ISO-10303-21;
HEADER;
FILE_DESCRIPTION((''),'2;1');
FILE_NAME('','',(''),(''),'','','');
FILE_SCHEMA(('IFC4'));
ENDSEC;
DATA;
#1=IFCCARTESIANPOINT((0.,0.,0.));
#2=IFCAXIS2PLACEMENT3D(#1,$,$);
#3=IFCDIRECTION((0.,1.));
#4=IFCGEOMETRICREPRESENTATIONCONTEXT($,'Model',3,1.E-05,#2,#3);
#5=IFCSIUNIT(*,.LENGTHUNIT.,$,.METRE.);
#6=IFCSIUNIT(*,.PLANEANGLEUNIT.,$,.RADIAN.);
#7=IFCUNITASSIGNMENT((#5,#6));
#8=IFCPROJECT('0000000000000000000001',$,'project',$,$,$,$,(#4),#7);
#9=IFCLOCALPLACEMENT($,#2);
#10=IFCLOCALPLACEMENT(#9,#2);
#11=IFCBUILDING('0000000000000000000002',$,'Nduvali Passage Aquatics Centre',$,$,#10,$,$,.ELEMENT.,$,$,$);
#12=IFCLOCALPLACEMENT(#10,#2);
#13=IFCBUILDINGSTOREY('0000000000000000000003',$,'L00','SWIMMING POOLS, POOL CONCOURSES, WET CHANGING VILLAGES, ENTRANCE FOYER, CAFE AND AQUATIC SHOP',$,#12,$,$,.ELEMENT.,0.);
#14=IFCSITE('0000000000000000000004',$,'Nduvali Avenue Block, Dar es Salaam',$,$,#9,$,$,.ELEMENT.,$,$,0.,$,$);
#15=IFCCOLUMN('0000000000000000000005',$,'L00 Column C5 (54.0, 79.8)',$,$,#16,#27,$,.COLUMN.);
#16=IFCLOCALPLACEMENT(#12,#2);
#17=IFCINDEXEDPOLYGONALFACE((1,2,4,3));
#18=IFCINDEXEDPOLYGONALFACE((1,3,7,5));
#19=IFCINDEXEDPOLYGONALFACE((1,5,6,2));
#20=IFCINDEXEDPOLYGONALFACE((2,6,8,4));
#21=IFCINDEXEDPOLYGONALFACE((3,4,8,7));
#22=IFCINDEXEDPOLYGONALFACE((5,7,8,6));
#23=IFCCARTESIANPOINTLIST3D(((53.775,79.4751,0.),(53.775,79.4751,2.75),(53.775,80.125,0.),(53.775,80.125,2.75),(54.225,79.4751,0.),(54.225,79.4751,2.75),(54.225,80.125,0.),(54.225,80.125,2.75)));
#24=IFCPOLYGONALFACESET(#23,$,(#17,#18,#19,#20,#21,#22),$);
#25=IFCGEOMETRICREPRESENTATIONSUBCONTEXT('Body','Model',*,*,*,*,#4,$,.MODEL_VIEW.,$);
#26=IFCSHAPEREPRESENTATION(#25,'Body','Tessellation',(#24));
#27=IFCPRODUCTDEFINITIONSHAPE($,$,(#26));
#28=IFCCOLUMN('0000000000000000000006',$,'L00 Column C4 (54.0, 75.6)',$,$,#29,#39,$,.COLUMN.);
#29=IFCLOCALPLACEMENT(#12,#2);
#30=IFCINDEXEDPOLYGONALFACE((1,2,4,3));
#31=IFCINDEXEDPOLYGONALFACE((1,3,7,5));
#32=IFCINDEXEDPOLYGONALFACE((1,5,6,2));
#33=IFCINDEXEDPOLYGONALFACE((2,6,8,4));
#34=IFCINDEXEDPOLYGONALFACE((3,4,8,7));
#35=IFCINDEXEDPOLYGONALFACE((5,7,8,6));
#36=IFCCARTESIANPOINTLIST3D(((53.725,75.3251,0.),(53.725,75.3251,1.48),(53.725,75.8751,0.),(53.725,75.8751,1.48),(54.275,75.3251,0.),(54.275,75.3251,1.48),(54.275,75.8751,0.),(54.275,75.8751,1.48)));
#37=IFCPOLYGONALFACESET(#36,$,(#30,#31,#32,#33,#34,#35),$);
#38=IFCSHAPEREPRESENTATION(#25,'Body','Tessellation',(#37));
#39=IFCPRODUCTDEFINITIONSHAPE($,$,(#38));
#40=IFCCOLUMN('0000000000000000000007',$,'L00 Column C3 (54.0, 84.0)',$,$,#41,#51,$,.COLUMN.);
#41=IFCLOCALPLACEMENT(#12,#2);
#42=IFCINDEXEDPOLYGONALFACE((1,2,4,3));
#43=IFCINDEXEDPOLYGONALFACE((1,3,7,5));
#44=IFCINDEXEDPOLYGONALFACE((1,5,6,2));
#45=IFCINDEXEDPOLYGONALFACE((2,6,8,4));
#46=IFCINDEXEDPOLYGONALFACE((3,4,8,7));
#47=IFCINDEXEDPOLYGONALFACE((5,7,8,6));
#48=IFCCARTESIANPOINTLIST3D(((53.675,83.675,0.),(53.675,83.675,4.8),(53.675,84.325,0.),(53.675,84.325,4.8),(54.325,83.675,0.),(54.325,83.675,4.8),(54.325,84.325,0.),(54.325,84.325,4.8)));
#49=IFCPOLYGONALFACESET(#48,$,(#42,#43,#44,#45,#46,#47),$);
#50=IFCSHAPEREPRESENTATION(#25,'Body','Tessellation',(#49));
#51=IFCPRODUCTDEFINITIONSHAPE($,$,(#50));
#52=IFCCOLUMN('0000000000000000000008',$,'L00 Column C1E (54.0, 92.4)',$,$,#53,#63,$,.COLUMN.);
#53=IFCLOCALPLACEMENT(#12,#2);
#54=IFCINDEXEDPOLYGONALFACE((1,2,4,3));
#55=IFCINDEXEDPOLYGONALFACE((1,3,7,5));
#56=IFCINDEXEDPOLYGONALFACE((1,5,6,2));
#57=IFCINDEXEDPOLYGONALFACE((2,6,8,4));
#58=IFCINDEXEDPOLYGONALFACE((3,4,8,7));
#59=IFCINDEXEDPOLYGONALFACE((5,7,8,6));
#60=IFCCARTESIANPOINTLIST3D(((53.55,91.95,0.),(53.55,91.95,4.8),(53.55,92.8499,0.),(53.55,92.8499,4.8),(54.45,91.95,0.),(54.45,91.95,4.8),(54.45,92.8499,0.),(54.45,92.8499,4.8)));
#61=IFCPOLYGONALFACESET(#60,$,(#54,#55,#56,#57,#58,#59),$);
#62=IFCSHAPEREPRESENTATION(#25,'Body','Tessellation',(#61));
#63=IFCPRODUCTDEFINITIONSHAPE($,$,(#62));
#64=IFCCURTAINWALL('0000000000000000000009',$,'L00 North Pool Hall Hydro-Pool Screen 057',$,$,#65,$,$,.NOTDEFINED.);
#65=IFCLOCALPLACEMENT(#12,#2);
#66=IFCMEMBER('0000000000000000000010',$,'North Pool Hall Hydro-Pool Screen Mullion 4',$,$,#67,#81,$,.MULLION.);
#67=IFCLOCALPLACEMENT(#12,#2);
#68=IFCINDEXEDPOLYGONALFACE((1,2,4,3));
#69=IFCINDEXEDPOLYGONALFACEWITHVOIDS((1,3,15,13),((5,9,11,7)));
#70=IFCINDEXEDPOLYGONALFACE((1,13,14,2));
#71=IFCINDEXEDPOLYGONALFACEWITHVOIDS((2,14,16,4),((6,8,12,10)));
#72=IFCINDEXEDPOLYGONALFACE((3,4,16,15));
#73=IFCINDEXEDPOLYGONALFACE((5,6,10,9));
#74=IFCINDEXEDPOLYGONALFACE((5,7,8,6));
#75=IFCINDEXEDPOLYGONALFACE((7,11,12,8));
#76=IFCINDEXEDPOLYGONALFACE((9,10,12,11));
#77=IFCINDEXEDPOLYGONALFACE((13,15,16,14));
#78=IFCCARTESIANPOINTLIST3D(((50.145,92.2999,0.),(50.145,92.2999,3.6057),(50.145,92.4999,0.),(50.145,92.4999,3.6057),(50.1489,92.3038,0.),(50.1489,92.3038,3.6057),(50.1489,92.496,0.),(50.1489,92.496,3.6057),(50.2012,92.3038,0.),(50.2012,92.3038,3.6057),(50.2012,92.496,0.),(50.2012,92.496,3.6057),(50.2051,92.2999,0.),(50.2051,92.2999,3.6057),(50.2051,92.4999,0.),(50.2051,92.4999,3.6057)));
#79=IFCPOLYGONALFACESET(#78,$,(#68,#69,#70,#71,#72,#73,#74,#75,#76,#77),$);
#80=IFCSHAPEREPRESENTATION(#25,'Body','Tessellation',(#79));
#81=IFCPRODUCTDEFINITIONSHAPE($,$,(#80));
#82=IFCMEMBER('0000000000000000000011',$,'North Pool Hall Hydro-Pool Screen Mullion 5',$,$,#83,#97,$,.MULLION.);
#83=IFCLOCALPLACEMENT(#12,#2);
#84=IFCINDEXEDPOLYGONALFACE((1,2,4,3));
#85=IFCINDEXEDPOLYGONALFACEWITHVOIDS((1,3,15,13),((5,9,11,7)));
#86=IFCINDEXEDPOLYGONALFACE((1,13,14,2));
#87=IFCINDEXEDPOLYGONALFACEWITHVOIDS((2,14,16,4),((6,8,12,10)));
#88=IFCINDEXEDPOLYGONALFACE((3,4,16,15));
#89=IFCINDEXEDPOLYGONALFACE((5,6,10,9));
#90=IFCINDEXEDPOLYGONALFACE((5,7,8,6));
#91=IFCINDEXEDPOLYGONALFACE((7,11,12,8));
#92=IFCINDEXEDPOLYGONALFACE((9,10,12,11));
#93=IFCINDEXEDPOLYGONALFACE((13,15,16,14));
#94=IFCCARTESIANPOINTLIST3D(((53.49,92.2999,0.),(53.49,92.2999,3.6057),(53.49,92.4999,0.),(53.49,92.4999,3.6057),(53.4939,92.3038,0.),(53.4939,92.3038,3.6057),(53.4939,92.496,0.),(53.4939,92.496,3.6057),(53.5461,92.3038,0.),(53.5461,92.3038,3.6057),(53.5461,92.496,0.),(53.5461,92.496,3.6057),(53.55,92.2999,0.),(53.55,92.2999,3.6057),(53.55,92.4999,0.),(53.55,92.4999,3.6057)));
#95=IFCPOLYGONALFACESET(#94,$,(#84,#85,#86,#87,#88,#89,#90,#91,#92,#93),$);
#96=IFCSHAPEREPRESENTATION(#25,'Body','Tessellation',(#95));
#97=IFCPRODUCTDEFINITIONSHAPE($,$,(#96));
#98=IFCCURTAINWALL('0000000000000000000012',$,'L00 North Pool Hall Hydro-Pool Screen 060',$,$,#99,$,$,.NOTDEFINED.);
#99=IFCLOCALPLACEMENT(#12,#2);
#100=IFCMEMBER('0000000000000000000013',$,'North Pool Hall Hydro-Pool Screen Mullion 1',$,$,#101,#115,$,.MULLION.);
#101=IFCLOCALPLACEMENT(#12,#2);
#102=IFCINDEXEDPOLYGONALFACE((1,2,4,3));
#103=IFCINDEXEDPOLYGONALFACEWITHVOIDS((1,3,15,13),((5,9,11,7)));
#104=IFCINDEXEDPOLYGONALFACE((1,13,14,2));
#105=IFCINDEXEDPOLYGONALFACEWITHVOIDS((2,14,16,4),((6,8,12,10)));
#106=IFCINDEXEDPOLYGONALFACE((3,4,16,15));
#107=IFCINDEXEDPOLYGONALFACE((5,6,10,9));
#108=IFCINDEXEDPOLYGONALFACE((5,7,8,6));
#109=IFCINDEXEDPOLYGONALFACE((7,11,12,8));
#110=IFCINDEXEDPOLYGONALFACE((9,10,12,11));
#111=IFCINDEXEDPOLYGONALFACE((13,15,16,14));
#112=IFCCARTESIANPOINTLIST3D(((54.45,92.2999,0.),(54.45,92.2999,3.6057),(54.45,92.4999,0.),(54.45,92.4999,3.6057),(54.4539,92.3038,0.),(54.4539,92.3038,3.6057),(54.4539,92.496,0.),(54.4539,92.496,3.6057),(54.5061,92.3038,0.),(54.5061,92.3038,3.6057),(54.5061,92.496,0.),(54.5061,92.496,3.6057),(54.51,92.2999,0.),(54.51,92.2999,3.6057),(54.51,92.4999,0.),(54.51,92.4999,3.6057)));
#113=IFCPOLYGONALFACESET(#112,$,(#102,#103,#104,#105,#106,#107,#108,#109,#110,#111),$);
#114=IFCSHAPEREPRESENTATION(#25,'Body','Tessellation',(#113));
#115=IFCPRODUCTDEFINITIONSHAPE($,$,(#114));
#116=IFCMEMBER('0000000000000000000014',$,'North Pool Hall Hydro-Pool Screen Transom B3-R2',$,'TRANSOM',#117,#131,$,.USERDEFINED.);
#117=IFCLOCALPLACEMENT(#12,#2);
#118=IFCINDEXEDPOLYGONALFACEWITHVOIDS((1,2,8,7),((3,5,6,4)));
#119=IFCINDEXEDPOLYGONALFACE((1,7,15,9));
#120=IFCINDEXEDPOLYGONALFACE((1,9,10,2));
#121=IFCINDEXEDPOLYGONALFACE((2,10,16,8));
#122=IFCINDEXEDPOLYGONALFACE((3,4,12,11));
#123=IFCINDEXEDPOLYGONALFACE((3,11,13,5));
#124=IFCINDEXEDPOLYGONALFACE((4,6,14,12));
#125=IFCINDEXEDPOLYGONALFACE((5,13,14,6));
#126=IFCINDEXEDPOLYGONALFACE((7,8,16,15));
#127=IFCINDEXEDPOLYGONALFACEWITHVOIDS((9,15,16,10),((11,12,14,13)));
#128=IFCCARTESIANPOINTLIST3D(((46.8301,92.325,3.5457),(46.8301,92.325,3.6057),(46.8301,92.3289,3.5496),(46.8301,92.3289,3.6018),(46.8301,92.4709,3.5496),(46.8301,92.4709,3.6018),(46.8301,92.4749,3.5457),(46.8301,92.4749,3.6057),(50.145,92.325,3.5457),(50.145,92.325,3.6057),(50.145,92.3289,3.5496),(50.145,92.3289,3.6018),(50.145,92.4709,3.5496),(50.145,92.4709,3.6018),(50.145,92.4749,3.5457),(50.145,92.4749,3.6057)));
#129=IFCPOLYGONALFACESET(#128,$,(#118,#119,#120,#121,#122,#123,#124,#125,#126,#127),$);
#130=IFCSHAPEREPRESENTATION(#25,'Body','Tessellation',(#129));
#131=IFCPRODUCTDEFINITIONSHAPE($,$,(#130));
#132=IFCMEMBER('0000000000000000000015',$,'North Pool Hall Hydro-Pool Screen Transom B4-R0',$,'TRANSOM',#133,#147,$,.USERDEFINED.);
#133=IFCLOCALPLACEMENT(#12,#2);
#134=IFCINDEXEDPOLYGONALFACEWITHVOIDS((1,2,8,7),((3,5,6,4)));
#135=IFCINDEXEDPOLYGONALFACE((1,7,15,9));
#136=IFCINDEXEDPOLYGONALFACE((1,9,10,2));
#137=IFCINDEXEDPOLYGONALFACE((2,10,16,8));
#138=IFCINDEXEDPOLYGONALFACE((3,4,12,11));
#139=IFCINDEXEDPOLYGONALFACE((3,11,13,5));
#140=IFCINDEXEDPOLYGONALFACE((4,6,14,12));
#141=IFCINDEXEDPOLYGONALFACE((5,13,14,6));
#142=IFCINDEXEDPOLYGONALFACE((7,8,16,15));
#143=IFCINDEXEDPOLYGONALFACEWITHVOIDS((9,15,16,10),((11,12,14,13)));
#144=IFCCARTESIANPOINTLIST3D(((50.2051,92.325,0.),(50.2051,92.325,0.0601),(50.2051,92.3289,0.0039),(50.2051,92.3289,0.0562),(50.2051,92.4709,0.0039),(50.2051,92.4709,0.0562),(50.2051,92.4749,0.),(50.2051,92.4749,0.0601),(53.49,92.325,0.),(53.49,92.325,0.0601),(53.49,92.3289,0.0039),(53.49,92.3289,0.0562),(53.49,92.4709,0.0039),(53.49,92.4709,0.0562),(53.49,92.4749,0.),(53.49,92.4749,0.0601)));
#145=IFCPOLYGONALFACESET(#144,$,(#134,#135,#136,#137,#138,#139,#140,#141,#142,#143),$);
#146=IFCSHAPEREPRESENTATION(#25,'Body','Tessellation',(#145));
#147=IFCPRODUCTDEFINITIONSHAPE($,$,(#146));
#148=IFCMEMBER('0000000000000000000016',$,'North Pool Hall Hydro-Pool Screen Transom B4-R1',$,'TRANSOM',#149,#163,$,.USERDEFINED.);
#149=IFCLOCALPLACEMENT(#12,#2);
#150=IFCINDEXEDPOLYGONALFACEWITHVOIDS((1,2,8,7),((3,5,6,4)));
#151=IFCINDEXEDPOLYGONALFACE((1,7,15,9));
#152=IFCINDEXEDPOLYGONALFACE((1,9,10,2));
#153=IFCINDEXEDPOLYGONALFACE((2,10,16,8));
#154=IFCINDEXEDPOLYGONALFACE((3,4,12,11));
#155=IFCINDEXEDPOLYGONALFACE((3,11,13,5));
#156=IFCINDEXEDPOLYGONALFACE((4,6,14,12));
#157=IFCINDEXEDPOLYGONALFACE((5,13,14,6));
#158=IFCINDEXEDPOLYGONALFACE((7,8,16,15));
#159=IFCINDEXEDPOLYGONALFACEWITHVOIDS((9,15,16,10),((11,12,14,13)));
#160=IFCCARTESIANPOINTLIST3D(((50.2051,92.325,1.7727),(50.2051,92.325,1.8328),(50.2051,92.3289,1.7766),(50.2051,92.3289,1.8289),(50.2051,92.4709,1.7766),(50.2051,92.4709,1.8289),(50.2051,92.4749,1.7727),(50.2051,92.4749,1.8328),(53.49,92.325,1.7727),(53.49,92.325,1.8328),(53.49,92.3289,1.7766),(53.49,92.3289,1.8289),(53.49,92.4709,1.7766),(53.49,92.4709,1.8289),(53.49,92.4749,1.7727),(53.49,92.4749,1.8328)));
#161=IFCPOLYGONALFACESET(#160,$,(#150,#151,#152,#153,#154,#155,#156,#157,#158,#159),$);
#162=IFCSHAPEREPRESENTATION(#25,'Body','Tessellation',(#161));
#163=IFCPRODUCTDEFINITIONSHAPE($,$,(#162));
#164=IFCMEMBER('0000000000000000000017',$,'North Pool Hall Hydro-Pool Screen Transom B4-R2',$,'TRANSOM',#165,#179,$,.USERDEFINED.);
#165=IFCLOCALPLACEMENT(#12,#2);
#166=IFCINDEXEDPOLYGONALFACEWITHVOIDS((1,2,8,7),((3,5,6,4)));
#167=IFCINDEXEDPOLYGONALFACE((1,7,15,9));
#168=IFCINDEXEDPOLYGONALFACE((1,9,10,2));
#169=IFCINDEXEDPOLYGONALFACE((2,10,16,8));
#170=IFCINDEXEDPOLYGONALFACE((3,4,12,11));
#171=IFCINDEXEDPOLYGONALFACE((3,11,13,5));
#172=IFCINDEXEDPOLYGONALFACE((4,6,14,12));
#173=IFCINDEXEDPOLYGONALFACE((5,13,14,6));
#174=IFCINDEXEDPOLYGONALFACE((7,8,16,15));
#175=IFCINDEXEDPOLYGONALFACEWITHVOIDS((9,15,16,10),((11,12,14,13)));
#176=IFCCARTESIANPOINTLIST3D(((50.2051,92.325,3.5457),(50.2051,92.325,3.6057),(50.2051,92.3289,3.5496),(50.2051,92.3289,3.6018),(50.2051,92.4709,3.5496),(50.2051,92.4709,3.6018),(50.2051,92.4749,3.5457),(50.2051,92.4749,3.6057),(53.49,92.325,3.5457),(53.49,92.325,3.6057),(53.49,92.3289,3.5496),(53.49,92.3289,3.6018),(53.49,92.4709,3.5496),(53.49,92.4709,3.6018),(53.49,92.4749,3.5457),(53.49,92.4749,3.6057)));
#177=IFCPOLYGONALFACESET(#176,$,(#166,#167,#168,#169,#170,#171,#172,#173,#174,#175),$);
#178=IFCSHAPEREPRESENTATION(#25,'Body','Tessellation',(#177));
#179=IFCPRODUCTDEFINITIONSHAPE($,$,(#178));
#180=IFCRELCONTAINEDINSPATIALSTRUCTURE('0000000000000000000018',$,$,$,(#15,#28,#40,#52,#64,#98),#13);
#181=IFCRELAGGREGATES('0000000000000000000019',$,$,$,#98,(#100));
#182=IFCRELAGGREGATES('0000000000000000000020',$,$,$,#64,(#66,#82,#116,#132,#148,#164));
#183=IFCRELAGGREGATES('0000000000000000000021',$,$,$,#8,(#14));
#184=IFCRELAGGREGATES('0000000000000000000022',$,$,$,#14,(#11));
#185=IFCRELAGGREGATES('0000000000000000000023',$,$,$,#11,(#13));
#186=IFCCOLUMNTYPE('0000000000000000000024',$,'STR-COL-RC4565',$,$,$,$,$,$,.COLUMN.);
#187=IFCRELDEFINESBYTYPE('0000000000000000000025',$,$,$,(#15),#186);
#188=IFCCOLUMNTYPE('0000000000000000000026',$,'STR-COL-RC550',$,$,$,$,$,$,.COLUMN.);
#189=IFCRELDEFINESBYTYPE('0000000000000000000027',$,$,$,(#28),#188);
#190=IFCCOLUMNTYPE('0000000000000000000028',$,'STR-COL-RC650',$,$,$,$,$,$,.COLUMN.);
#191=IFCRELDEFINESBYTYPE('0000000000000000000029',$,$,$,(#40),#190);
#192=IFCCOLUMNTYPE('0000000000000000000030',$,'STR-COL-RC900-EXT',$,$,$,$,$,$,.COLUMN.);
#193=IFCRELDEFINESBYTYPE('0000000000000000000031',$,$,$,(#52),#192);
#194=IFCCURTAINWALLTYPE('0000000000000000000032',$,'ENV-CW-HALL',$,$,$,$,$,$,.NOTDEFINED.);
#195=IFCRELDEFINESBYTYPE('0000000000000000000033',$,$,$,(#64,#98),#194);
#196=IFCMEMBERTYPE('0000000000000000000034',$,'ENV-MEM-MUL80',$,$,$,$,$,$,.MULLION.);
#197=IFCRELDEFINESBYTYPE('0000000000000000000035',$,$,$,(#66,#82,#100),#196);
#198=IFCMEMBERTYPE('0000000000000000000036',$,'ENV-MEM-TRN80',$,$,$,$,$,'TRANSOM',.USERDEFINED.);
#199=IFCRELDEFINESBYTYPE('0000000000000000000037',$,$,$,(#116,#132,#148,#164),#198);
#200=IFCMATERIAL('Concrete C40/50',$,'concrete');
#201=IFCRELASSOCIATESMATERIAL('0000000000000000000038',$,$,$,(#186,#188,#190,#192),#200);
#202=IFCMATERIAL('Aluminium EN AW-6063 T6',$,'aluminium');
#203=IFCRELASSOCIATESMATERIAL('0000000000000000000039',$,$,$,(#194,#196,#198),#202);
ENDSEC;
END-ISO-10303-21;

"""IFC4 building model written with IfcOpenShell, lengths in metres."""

from ifc_helpers import new_model, si_unit, direction, frame, origin, origin_2d, place, context, subcontext, project, spatial, rectangle, hollow_rectangle, extrude, material, material_profile, profile_set, type_object, element, aggregate, save


model = new_model("IFC4")

# Units and contexts
model_context = context("Model", 3, precision=1e-05, world=origin(), true_north=direction((0.0, 1.0)))
body_context = subcontext(model_context, "Body", "Model", "MODEL_VIEW")
ifc_project = project(units=[si_unit("LENGTHUNIT", "METRE"), si_unit("PLANEANGLEUNIT", "RADIAN")], contexts=[model_context])

# Site, building, storey
site_placement = place(None, origin())
site = spatial("IfcSite", under=ifc_project, at=site_placement, Name="Nduvali Avenue Block, Dar es Salaam", CompositionType="ELEMENT", RefElevation=0.0)
building_placement = place(site_placement, origin())
building = spatial("IfcBuilding", under=site, at=building_placement, Name="Nduvali Passage Aquatics Centre", CompositionType="ELEMENT")
storey_placement = place(building_placement, origin())
storey = spatial("IfcBuildingStorey", under=building, at=storey_placement, Name="L00", Description="SWIMMING POOLS, POOL CONCOURSES, WET CHANGING VILLAGES, ENTRANCE FOYER, CAFE AND AQUATIC SHOP", CompositionType="ELEMENT", Elevation=0.0)

# Columns
ifc_material_1 = material(Name="Concrete C40/50", Category="concrete")
ifc_material_profile_1 = material_profile(ifc_material_1, rectangle(XDim=0.45, YDim=0.6499, at=origin_2d()), Name="RC 450x650")
ifc_profile_set_1 = profile_set([ifc_material_profile_1], Name="Concrete C40/50")
column_type_1 = type_object("IfcColumnType", Name="STR-COL-RC4565", PredefinedType="COLUMN", material=ifc_profile_set_1)
column_1_placement = place(storey_placement, frame((54.0, 79.8, 0.0), z_axis=(0.0, 0.0, 1.0), x_axis=(1.0, 0.0, 0.0)))
element("IfcColumn", 1, at=column_1_placement, inside=storey, type_object=column_type_1, Name="L00 Column C5 (54.0, 79.8)", PredefinedType="COLUMN", context=body_context, shape_type="SweptSolid", body=[
    extrude(rectangle(XDim=0.45, YDim=0.6499, at=origin_2d()), origin(), (0.0, 0.0, 1.0), 2.75),
])
ifc_material_profile_2 = material_profile(ifc_material_1, rectangle(XDim=0.55, YDim=0.55, at=origin_2d()), Name="RC 550x550")
ifc_profile_set_2 = profile_set([ifc_material_profile_2], Name="Concrete C40/50")
column_type_2 = type_object("IfcColumnType", Name="STR-COL-RC550", PredefinedType="COLUMN", material=ifc_profile_set_2)
column_2_placement = place(storey_placement, frame((54.0, 75.6001, 0.0), z_axis=(0.0, 0.0, 1.0), x_axis=(1.0, 0.0, 0.0)))
element("IfcColumn", 2, at=column_2_placement, inside=storey, type_object=column_type_2, Name="L00 Column C4 (54.0, 75.6)", PredefinedType="COLUMN", context=body_context, shape_type="SweptSolid", body=[
    extrude(rectangle(XDim=0.55, YDim=0.55, at=origin_2d()), origin(), (0.0, 0.0, 1.0), 1.48),
])
ifc_material_profile_3 = material_profile(ifc_material_1, rectangle(XDim=0.6499, YDim=0.6499, at=origin_2d()), Name="RC 650x650")
ifc_profile_set_3 = profile_set([ifc_material_profile_3], Name="Concrete C40/50")
column_type_3 = type_object("IfcColumnType", Name="STR-COL-RC650", PredefinedType="COLUMN", material=ifc_profile_set_3)
column_3_placement = place(storey_placement, frame((54.0, 84.0, 0.0), z_axis=(0.0, 0.0, 1.0), x_axis=(1.0, 0.0, 0.0)))
element("IfcColumn", 3, at=column_3_placement, inside=storey, type_object=column_type_3, Name="L00 Column C3 (54.0, 84.0)", PredefinedType="COLUMN", context=body_context, shape_type="SweptSolid", body=[
    extrude(rectangle(XDim=0.6499, YDim=0.6499, at=origin_2d()), origin(), (0.0, 0.0, 1.0), 4.8),
])
ifc_material_profile_4 = material_profile(ifc_material_1, rectangle(XDim=0.8999, YDim=0.8999, at=origin_2d()), Name="RC 900x900")
ifc_profile_set_4 = profile_set([ifc_material_profile_4], Name="Concrete C40/50")
column_type_4 = type_object("IfcColumnType", Name="STR-COL-RC900-EXT", PredefinedType="COLUMN", material=ifc_profile_set_4)
column_4_placement = place(storey_placement, frame((54.0, 92.3999, 0.0), z_axis=(0.0, 0.0, 1.0), x_axis=(1.0, 0.0, 0.0)))
element("IfcColumn", 4, at=column_4_placement, inside=storey, type_object=column_type_4, Name="L00 Column C1E (54.0, 92.4)", PredefinedType="COLUMN", context=body_context, shape_type="SweptSolid", body=[
    extrude(rectangle(XDim=0.8999, YDim=0.8999, at=origin_2d()), origin(), (0.0, 0.0, 1.0), 4.8),
])

# Curtain wall, members
ifc_material_2 = material(Name="Aluminium EN AW-6063 T6", Category="aluminium")
curtain_wall_type = type_object("IfcCurtainWallType", Name="ENV-CW-HALL", PredefinedType="NOTDEFINED", material=ifc_material_2)
curtain_wall_1_placement = place(storey_placement, origin())
curtain_wall_1 = element("IfcCurtainWall", 5, at=curtain_wall_1_placement, inside=storey, type_object=curtain_wall_type, Name="L00 North Pool Hall Hydro-Pool Screen 057", PredefinedType="NOTDEFINED")
ifc_material_profile_5 = material_profile(ifc_material_2, hollow_rectangle(XDim=0.0601, YDim=0.2, WallThickness=0.0039, at=origin_2d()), Name="ALU MULLION 60x200x4")
ifc_profile_set_5 = profile_set([ifc_material_profile_5], Name="Aluminium EN AW-6063 T6")
member_type_1 = type_object("IfcMemberType", Name="ENV-MEM-MUL80", PredefinedType="MULLION", material=ifc_profile_set_5)
member_1_placement = place(storey_placement, frame((50.175, 92.3999, 0.0), z_axis=(0.0, 0.0, 1.0), x_axis=(1.0, 0.0, 0.0)))
member_1 = element("IfcMember", 6, at=member_1_placement, type_object=member_type_1, Name="North Pool Hall Hydro-Pool Screen Mullion 4", PredefinedType="MULLION", context=body_context, shape_type="SweptSolid", body=[
    extrude(hollow_rectangle(XDim=0.0601, YDim=0.2, WallThickness=0.0039, at=origin_2d()), origin(), (0.0, 0.0, 1.0), 3.6057),
])
member_2_placement = place(storey_placement, frame((53.52, 92.3999, 0.0), z_axis=(0.0, 0.0, 1.0), x_axis=(1.0, 0.0, 0.0)))
member_2 = element("IfcMember", 7, at=member_2_placement, type_object=member_type_1, Name="North Pool Hall Hydro-Pool Screen Mullion 5", PredefinedType="MULLION", context=body_context, shape_type="SweptSolid", body=[
    extrude(hollow_rectangle(XDim=0.0601, YDim=0.2, WallThickness=0.0039, at=origin_2d()), origin(), (0.0, 0.0, 1.0), 3.6057),
])

# Curtain wall, member
curtain_wall_2_placement = place(storey_placement, origin())
curtain_wall_2 = element("IfcCurtainWall", 8, at=curtain_wall_2_placement, inside=storey, type_object=curtain_wall_type, Name="L00 North Pool Hall Hydro-Pool Screen 060", PredefinedType="NOTDEFINED")
member_3_placement = place(storey_placement, frame((54.48, 92.3999, 0.0), z_axis=(0.0, 0.0, 1.0), x_axis=(1.0, 0.0, 0.0)))
member_3 = element("IfcMember", 9, at=member_3_placement, type_object=member_type_1, Name="North Pool Hall Hydro-Pool Screen Mullion 1", PredefinedType="MULLION", context=body_context, shape_type="SweptSolid", body=[
    extrude(hollow_rectangle(XDim=0.0601, YDim=0.2, WallThickness=0.0039, at=origin_2d()), origin(), (0.0, 0.0, 1.0), 3.6057),
])

# Members
ifc_material_profile_6 = material_profile(ifc_material_2, hollow_rectangle(XDim=0.1499, YDim=0.0601, WallThickness=0.0039, at=origin_2d()), Name="ALU TRANSOM 150x60x4")
ifc_profile_set_6 = profile_set([ifc_material_profile_6], Name="Aluminium EN AW-6063 T6")
member_type_2 = type_object("IfcMemberType", Name="ENV-MEM-TRN80", ElementType="TRANSOM", PredefinedType="USERDEFINED", material=ifc_profile_set_6)
member_4_placement = place(storey_placement, frame((46.8301, 92.3999, 3.5757), z_axis=(1.0, 0.0, 0.0), x_axis=(0.0, 1.0, 0.0)))
member_4 = element("IfcMember", 10, at=member_4_placement, type_object=member_type_2, Name="North Pool Hall Hydro-Pool Screen Transom B3-R2", ObjectType="TRANSOM", PredefinedType="USERDEFINED", context=body_context, shape_type="SweptSolid", body=[
    extrude(hollow_rectangle(XDim=0.1499, YDim=0.0601, WallThickness=0.0039, at=origin_2d()), origin(), (0.0, 0.0, 1.0), 3.3149),
])
member_5_placement = place(storey_placement, frame((50.2051, 92.3999, 0.03), z_axis=(1.0, 0.0, 0.0), x_axis=(0.0, 1.0, 0.0)))
member_5 = element("IfcMember", 11, at=member_5_placement, type_object=member_type_2, Name="North Pool Hall Hydro-Pool Screen Transom B4-R0", ObjectType="TRANSOM", PredefinedType="USERDEFINED", context=body_context, shape_type="SweptSolid", body=[
    extrude(hollow_rectangle(XDim=0.1499, YDim=0.0601, WallThickness=0.0039, at=origin_2d()), origin(), (0.0, 0.0, 1.0), 3.2849),
])
member_6_placement = place(storey_placement, frame((50.2051, 92.3999, 1.8027), z_axis=(1.0, 0.0, 0.0), x_axis=(0.0, 1.0, 0.0)))
member_6 = element("IfcMember", 12, at=member_6_placement, type_object=member_type_2, Name="North Pool Hall Hydro-Pool Screen Transom B4-R1", ObjectType="TRANSOM", PredefinedType="USERDEFINED", context=body_context, shape_type="SweptSolid", body=[
    extrude(hollow_rectangle(XDim=0.1499, YDim=0.0601, WallThickness=0.0039, at=origin_2d()), origin(), (0.0, 0.0, 1.0), 3.2849),
])
member_7_placement = place(storey_placement, frame((50.2051, 92.3999, 3.5757), z_axis=(1.0, 0.0, 0.0), x_axis=(0.0, 1.0, 0.0)))
member_7 = element("IfcMember", 13, at=member_7_placement, type_object=member_type_2, Name="North Pool Hall Hydro-Pool Screen Transom B4-R2", ObjectType="TRANSOM", PredefinedType="USERDEFINED", context=body_context, shape_type="SweptSolid", body=[
    extrude(hollow_rectangle(XDim=0.1499, YDim=0.0601, WallThickness=0.0039, at=origin_2d()), origin(), (0.0, 0.0, 1.0), 3.2849),
])
aggregate(curtain_wall_2, [member_3])

aggregate(curtain_wall_1, [member_1, member_2, member_4, member_5, member_6, member_7])

save(model, "model.ifc")
